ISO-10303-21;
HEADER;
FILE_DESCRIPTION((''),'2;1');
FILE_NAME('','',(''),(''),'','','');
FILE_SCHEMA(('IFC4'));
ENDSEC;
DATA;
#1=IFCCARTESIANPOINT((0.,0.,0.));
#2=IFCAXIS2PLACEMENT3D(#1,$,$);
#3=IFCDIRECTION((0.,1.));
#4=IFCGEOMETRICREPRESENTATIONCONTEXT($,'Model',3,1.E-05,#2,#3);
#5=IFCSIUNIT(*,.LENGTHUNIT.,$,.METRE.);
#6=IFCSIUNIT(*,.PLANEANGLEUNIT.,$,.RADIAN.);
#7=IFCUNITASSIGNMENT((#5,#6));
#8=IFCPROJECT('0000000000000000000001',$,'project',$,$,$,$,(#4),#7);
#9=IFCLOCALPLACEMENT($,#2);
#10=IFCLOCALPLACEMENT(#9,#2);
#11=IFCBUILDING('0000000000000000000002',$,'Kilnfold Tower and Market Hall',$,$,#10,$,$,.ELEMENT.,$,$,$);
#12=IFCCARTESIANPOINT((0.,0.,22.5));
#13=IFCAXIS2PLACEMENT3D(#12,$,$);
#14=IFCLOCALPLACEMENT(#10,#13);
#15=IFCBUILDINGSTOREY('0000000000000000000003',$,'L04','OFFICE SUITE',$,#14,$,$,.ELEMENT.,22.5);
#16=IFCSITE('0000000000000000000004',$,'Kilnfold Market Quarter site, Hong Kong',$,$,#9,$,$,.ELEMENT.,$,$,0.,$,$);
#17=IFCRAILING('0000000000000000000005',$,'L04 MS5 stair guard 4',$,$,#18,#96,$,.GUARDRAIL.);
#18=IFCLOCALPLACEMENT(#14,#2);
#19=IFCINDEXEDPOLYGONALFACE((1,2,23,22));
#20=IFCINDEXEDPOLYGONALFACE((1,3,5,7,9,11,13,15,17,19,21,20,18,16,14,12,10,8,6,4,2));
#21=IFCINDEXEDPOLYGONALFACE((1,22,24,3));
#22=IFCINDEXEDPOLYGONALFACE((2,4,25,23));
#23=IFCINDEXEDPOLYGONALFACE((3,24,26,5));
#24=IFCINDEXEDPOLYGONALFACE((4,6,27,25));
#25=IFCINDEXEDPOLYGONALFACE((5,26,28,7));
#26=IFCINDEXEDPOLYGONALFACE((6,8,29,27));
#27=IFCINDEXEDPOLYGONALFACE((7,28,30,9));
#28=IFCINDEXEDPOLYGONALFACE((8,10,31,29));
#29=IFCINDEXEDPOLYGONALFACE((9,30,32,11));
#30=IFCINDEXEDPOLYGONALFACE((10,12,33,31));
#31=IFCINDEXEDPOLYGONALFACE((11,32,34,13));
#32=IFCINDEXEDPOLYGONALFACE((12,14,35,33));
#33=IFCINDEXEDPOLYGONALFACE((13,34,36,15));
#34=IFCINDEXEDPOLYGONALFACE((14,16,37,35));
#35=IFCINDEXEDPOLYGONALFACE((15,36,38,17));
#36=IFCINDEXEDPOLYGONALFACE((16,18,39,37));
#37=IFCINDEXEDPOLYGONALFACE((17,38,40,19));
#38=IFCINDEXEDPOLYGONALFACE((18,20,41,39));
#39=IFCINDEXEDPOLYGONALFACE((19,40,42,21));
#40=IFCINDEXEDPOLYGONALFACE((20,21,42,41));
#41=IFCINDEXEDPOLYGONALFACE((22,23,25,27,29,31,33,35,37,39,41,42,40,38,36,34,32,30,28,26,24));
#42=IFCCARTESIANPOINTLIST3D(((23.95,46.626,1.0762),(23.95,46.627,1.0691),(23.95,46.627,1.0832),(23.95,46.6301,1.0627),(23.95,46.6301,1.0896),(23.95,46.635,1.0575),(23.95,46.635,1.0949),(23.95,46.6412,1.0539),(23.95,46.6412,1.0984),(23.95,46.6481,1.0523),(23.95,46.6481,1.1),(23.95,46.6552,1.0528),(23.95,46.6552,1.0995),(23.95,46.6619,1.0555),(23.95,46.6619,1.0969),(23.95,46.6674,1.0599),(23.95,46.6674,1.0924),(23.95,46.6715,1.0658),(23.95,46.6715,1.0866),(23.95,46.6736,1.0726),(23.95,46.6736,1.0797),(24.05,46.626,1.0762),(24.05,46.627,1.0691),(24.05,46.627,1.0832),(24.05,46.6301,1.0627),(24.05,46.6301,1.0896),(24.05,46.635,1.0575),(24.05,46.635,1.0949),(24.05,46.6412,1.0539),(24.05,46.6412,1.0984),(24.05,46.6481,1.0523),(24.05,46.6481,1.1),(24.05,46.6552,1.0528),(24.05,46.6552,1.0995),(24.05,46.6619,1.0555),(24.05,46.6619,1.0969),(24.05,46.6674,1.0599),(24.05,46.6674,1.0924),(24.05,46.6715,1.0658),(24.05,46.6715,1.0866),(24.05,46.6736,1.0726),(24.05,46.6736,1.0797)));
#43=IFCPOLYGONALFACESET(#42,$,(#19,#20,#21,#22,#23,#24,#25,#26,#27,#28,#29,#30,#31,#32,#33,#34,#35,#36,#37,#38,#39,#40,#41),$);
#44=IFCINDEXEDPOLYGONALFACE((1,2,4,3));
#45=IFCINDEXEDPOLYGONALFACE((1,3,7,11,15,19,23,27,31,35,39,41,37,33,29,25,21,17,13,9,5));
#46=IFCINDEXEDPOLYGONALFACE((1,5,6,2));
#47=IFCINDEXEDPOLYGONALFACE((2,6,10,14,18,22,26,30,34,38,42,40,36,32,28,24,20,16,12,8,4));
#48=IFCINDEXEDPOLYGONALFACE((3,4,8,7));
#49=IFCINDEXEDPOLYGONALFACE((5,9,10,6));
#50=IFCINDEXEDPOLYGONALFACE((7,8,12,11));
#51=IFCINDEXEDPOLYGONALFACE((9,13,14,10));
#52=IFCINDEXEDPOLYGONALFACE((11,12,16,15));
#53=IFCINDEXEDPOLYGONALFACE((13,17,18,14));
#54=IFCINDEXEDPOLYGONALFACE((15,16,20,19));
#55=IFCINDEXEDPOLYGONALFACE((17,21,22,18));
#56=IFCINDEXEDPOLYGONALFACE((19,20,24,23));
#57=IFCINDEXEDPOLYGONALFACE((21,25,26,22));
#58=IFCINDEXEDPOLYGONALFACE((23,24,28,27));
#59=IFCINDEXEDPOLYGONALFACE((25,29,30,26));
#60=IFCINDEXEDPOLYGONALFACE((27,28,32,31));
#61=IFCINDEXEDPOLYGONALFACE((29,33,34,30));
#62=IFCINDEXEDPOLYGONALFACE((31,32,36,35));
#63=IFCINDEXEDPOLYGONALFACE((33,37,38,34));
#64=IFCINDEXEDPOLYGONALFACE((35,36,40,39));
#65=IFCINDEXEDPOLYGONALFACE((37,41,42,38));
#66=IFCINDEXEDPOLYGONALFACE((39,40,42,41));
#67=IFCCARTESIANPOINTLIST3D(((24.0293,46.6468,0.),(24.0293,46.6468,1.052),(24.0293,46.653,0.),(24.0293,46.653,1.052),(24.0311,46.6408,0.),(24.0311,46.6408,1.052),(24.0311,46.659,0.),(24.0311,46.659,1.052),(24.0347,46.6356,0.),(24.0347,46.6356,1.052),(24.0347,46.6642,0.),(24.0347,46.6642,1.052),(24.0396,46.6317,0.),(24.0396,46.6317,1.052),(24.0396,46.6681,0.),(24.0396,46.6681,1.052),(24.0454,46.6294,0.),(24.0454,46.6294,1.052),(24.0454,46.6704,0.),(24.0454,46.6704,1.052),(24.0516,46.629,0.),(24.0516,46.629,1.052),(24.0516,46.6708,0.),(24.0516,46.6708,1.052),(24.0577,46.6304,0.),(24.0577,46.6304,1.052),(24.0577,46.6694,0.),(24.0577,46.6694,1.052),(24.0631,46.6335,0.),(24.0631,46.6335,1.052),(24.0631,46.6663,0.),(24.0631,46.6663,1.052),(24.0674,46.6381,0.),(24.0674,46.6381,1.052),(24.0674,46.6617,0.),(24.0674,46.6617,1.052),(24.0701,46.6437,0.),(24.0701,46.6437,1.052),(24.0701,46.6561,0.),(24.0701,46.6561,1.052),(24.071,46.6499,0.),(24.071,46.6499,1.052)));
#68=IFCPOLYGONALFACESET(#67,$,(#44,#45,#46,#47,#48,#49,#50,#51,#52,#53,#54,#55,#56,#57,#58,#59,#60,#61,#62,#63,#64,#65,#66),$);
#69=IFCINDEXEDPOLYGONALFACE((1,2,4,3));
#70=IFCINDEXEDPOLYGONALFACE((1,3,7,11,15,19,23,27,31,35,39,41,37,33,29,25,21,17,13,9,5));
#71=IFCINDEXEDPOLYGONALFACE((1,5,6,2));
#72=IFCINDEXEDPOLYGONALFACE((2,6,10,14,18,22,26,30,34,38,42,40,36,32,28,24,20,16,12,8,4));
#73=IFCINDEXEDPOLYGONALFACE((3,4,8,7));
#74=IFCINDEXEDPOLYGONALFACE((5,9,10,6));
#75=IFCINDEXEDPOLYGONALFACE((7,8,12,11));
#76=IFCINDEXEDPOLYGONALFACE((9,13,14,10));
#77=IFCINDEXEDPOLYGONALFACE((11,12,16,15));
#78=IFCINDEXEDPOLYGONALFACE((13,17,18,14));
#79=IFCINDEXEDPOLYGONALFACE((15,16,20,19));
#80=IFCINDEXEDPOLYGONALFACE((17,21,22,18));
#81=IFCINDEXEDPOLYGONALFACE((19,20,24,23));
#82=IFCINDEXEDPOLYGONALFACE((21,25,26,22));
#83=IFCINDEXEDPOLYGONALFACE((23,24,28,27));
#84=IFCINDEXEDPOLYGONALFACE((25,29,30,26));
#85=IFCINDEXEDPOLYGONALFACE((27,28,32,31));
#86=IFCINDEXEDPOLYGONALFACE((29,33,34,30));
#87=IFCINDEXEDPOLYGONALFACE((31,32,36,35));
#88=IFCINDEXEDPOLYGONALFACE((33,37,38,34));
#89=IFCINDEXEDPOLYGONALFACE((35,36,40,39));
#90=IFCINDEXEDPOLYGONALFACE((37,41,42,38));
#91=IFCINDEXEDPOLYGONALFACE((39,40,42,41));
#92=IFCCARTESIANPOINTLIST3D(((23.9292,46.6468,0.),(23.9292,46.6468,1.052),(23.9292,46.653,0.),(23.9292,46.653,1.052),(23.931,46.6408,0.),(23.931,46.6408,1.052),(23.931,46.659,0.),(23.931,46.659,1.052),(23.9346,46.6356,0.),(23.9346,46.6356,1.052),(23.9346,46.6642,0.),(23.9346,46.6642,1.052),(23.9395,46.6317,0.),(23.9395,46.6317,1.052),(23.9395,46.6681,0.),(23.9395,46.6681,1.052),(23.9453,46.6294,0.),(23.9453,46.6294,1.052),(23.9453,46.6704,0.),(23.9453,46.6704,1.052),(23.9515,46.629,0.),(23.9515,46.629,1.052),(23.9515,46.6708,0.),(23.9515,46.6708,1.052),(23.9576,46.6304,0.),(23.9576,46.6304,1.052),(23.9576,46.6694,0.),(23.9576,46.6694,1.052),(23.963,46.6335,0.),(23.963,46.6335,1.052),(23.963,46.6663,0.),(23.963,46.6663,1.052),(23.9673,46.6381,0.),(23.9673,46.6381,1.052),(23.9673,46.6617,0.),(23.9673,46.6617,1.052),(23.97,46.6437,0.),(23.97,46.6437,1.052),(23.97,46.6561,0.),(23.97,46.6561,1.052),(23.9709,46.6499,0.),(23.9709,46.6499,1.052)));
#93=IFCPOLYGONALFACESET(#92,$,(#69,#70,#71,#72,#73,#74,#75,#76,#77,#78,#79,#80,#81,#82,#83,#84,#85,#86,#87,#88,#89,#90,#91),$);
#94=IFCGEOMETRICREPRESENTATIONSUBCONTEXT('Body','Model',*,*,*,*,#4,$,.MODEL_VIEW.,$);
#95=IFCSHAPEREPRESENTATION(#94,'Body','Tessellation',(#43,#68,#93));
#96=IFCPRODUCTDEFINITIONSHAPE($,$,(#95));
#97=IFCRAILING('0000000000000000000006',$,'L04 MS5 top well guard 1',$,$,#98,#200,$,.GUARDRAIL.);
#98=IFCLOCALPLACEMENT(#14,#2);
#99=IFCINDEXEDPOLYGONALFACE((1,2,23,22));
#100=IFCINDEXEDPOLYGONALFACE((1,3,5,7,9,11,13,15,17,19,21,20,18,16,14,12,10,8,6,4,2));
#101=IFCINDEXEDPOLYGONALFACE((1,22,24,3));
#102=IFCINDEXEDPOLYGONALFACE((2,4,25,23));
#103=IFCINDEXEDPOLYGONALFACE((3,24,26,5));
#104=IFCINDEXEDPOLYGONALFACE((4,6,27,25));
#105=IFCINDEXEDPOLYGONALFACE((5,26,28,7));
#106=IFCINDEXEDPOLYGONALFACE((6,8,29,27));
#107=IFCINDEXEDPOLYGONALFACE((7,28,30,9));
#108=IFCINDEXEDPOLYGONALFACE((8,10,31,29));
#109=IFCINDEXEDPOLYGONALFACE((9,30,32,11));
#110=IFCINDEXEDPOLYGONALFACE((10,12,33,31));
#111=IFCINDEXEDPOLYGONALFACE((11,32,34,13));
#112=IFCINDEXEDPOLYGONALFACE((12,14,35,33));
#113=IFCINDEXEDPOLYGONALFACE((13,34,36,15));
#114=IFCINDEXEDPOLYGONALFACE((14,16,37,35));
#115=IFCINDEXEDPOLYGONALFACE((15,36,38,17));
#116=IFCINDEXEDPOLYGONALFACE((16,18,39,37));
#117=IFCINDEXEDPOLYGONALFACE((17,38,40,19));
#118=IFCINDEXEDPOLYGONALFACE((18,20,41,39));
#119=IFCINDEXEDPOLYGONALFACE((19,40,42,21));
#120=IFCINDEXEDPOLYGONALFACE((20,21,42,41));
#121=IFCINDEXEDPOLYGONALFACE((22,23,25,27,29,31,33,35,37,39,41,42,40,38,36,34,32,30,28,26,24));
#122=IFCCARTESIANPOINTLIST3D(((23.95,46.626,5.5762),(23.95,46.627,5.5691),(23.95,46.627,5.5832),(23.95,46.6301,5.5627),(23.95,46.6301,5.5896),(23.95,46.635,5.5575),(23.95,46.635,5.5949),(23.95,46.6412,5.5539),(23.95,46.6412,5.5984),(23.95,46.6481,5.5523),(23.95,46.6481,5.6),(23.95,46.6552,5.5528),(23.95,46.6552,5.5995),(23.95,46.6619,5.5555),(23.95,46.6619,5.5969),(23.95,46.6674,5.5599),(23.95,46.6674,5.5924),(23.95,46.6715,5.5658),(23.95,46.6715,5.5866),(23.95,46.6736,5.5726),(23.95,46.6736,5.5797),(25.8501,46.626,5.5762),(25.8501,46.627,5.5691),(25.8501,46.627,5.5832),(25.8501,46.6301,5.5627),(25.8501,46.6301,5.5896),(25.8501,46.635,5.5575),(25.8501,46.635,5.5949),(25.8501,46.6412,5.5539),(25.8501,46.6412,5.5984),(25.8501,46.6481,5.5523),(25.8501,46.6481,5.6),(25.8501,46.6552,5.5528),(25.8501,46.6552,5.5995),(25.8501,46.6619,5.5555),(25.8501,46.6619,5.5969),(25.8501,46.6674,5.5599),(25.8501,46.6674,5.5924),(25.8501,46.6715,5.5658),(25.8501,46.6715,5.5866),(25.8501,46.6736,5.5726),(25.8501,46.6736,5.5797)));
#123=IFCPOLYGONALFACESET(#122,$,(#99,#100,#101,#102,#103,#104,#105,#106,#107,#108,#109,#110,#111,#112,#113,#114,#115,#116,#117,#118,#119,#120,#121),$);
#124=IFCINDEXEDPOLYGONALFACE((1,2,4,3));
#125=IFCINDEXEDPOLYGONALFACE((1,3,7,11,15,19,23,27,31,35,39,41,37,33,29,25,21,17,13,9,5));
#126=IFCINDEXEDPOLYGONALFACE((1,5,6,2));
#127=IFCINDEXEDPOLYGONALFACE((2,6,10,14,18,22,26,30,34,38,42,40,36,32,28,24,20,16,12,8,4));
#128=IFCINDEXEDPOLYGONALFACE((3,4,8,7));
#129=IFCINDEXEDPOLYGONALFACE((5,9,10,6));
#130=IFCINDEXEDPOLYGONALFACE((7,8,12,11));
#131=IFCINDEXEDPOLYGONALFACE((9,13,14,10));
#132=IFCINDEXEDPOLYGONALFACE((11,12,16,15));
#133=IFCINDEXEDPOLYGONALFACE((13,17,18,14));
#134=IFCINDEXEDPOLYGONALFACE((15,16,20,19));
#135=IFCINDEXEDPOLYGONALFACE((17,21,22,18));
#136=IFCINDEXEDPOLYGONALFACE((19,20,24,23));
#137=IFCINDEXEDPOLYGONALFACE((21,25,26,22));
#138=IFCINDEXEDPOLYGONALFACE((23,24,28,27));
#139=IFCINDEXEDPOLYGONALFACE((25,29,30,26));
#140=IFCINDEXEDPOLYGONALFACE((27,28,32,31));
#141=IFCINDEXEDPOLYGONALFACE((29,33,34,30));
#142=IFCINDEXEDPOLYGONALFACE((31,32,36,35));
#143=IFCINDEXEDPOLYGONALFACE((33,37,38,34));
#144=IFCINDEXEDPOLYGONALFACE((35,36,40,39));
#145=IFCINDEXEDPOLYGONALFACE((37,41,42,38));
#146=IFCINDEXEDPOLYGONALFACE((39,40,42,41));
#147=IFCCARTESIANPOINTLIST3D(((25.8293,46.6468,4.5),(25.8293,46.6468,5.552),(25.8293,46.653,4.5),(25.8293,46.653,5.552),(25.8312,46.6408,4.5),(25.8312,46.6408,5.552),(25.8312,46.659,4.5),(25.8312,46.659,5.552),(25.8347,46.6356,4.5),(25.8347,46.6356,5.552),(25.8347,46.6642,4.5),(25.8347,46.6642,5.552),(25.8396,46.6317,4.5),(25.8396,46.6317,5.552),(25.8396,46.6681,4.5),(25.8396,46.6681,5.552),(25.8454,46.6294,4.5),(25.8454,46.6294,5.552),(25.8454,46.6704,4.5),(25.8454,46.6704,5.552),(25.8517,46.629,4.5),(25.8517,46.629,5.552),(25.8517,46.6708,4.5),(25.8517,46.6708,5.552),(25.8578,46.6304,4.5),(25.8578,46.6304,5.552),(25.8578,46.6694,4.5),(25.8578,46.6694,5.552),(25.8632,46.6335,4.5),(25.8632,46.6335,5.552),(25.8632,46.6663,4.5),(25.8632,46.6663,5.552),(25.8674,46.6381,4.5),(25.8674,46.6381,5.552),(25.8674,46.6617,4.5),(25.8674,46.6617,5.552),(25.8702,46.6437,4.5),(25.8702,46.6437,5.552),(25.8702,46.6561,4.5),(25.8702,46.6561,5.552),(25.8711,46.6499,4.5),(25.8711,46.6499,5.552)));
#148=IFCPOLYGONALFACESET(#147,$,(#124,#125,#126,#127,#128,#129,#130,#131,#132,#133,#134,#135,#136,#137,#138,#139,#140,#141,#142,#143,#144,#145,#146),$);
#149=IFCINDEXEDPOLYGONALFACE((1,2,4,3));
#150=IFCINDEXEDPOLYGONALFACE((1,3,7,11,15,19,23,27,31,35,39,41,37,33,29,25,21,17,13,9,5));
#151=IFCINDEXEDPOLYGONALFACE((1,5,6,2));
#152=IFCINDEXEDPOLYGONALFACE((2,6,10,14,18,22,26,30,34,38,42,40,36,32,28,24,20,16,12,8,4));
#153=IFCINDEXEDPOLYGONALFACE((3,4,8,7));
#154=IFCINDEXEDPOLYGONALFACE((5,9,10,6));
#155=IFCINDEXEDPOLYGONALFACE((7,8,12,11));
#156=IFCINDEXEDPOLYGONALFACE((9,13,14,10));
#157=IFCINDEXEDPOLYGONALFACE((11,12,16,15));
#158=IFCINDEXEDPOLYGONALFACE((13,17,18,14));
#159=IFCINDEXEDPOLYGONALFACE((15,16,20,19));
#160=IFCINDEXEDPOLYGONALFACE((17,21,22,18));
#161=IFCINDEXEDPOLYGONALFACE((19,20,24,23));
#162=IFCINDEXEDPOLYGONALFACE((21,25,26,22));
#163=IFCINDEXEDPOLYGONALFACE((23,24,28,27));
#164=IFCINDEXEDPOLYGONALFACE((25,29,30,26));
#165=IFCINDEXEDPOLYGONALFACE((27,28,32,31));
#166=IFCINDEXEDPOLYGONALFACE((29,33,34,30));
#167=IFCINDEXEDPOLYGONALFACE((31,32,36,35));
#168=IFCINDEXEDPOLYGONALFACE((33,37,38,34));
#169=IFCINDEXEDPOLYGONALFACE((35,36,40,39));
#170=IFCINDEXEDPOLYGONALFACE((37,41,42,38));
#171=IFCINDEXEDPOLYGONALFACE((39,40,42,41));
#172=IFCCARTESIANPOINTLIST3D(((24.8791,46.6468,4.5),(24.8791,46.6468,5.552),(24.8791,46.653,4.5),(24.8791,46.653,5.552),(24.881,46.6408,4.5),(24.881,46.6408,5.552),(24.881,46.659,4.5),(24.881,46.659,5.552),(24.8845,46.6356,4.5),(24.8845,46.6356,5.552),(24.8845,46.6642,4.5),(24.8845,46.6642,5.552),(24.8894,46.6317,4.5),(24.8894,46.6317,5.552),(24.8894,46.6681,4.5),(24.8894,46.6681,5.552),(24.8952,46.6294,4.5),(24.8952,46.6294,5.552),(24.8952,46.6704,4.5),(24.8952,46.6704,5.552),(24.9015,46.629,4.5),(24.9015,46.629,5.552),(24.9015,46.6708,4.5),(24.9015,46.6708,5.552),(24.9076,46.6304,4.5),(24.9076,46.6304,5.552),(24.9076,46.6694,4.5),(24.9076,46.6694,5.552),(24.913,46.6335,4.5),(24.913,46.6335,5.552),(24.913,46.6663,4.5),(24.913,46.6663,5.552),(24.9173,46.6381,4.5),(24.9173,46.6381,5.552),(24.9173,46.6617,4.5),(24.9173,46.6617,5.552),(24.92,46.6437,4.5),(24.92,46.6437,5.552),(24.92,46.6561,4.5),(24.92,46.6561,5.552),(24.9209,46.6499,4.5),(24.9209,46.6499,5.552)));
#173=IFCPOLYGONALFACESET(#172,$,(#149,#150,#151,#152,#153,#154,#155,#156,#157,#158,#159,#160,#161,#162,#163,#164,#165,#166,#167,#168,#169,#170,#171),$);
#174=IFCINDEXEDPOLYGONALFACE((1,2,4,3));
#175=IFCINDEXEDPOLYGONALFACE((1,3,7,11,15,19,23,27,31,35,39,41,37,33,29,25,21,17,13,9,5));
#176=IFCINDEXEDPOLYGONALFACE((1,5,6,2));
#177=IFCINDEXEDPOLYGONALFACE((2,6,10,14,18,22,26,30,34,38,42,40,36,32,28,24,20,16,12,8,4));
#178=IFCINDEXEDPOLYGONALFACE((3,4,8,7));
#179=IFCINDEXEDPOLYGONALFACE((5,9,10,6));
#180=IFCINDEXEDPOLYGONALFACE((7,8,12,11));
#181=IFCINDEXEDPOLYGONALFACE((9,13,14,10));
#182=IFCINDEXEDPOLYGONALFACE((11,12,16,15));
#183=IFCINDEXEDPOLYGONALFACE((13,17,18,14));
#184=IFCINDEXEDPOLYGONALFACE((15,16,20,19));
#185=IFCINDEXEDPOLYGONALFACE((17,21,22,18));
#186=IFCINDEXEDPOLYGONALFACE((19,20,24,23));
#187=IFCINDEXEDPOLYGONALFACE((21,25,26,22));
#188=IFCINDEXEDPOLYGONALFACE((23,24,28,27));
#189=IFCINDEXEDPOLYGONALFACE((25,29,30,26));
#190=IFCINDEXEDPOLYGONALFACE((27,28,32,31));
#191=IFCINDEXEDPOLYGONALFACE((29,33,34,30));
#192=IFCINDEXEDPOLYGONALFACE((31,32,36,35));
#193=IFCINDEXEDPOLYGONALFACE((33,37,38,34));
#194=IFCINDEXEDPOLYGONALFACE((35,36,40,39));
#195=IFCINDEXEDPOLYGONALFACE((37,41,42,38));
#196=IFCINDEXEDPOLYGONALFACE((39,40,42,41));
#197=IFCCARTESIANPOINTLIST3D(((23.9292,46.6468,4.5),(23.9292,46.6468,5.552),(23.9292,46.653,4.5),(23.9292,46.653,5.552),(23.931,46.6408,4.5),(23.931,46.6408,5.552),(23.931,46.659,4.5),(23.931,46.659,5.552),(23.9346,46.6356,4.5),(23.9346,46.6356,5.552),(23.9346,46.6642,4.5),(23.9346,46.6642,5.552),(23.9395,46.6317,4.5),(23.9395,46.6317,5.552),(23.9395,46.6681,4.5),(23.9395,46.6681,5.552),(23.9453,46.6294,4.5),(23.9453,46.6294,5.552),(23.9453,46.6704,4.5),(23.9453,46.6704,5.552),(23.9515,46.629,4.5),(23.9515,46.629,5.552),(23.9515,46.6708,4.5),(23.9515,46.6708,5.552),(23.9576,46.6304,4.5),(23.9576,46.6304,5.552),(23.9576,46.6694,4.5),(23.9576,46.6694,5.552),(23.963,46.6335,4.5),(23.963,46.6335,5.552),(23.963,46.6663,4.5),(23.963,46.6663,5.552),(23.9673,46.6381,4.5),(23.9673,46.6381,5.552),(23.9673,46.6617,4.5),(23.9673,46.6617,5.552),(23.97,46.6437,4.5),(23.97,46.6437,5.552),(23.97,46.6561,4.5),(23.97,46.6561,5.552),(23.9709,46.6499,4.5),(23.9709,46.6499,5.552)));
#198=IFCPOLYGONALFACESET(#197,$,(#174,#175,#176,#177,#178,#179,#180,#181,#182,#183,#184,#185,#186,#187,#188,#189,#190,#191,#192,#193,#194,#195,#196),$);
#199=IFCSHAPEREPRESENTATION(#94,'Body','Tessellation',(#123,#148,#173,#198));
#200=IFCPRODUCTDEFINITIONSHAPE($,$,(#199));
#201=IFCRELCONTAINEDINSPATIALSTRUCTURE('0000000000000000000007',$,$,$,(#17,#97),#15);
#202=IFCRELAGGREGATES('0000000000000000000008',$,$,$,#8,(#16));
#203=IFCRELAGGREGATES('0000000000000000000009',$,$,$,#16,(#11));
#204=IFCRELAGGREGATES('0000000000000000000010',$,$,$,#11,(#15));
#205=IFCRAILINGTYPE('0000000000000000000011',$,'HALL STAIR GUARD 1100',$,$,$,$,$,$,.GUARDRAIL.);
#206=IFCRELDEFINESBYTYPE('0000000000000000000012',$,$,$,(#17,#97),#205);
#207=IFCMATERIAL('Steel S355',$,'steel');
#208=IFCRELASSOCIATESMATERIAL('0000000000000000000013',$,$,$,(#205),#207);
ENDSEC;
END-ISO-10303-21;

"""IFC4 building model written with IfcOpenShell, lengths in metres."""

from ifc_helpers import new_model, si_unit, direction, frame, origin, origin_2d, place, context, subcontext, project, spatial, circle, extrude, material, type_object, element, save


model = new_model("IFC4")

# Units and contexts
model_context = context("Model", 3, precision=1e-05, world=origin(), true_north=direction((0.0, 1.0)))
body_context = subcontext(model_context, "Body", "Model", "MODEL_VIEW")
ifc_project = project(units=[si_unit("LENGTHUNIT", "METRE"), si_unit("PLANEANGLEUNIT", "RADIAN")], contexts=[model_context])

# Site, building, storey
site_placement = place(None, origin())
site = spatial("IfcSite", under=ifc_project, at=site_placement, Name="Kilnfold Market Quarter site, Hong Kong", CompositionType="ELEMENT", RefElevation=0.0)
building_placement = place(site_placement, origin())
building = spatial("IfcBuilding", under=site, at=building_placement, Name="Kilnfold Tower and Market Hall", CompositionType="ELEMENT")
storey_placement = place(building_placement, frame((0.0, 0.0, 22.5)))
storey = spatial("IfcBuildingStorey", under=building, at=storey_placement, Name="L04", Description="OFFICE SUITE", CompositionType="ELEMENT", Elevation=22.5)

# Railings
ifc_material_1 = material(Name="Steel S355", Category="steel")
railing_type_1 = type_object("IfcRailingType", Name="HALL STAIR GUARD 1100", PredefinedType="GUARDRAIL", material=ifc_material_1)
railing_1_placement = place(storey_placement, frame((24.05, 46.6499, 0.0)))
element("IfcRailing", 1, at=railing_1_placement, inside=storey, type_object=railing_type_1, Name="L04 MS5 stair guard 4", PredefinedType="GUARDRAIL", context=body_context, shape_type="SweptSolid", body=[
    extrude(circle(Radius=0.0239, at=origin_2d()), frame((0.0, 0.0, 1.0762), z_axis=(-1.0, 0.0, 0.0), x_axis=(0.0, -1.0, 0.0)), (0.0, 0.0, 1.0), 0.1001),
    extrude(circle(Radius=0.021, at=origin_2d()), origin(), (0.0, 0.0, 1.0), 1.052),
    extrude(circle(Radius=0.021, at=origin_2d()), frame((-0.1001, 0.0, 0.0)), (0.0, 0.0, 1.0), 1.052),
])
railing_2_placement = place(storey_placement, frame((25.8501, 46.6499, 4.5)))
element("IfcRailing", 2, at=railing_2_placement, inside=storey, type_object=railing_type_1, Name="L04 MS5 top well guard 1", PredefinedType="GUARDRAIL", context=body_context, shape_type="SweptSolid", body=[
    extrude(circle(Radius=0.0239, at=origin_2d()), frame((0.0, 0.0, 1.0762), z_axis=(-1.0, 0.0, 0.0), x_axis=(0.0, -1.0, 0.0)), (0.0, 0.0, 1.0), 1.9001),
    extrude(circle(Radius=0.021, at=origin_2d()), origin(), (0.0, 0.0, 1.0), 1.052),
    extrude(circle(Radius=0.021, at=origin_2d()), frame((-0.9502, 0.0, 0.0)), (0.0, 0.0, 1.0), 1.052),
    extrude(circle(Radius=0.021, at=origin_2d()), frame((-1.9001, 0.0, 0.0)), (0.0, 0.0, 1.0), 1.052),
])

save(model, "model.ifc")
